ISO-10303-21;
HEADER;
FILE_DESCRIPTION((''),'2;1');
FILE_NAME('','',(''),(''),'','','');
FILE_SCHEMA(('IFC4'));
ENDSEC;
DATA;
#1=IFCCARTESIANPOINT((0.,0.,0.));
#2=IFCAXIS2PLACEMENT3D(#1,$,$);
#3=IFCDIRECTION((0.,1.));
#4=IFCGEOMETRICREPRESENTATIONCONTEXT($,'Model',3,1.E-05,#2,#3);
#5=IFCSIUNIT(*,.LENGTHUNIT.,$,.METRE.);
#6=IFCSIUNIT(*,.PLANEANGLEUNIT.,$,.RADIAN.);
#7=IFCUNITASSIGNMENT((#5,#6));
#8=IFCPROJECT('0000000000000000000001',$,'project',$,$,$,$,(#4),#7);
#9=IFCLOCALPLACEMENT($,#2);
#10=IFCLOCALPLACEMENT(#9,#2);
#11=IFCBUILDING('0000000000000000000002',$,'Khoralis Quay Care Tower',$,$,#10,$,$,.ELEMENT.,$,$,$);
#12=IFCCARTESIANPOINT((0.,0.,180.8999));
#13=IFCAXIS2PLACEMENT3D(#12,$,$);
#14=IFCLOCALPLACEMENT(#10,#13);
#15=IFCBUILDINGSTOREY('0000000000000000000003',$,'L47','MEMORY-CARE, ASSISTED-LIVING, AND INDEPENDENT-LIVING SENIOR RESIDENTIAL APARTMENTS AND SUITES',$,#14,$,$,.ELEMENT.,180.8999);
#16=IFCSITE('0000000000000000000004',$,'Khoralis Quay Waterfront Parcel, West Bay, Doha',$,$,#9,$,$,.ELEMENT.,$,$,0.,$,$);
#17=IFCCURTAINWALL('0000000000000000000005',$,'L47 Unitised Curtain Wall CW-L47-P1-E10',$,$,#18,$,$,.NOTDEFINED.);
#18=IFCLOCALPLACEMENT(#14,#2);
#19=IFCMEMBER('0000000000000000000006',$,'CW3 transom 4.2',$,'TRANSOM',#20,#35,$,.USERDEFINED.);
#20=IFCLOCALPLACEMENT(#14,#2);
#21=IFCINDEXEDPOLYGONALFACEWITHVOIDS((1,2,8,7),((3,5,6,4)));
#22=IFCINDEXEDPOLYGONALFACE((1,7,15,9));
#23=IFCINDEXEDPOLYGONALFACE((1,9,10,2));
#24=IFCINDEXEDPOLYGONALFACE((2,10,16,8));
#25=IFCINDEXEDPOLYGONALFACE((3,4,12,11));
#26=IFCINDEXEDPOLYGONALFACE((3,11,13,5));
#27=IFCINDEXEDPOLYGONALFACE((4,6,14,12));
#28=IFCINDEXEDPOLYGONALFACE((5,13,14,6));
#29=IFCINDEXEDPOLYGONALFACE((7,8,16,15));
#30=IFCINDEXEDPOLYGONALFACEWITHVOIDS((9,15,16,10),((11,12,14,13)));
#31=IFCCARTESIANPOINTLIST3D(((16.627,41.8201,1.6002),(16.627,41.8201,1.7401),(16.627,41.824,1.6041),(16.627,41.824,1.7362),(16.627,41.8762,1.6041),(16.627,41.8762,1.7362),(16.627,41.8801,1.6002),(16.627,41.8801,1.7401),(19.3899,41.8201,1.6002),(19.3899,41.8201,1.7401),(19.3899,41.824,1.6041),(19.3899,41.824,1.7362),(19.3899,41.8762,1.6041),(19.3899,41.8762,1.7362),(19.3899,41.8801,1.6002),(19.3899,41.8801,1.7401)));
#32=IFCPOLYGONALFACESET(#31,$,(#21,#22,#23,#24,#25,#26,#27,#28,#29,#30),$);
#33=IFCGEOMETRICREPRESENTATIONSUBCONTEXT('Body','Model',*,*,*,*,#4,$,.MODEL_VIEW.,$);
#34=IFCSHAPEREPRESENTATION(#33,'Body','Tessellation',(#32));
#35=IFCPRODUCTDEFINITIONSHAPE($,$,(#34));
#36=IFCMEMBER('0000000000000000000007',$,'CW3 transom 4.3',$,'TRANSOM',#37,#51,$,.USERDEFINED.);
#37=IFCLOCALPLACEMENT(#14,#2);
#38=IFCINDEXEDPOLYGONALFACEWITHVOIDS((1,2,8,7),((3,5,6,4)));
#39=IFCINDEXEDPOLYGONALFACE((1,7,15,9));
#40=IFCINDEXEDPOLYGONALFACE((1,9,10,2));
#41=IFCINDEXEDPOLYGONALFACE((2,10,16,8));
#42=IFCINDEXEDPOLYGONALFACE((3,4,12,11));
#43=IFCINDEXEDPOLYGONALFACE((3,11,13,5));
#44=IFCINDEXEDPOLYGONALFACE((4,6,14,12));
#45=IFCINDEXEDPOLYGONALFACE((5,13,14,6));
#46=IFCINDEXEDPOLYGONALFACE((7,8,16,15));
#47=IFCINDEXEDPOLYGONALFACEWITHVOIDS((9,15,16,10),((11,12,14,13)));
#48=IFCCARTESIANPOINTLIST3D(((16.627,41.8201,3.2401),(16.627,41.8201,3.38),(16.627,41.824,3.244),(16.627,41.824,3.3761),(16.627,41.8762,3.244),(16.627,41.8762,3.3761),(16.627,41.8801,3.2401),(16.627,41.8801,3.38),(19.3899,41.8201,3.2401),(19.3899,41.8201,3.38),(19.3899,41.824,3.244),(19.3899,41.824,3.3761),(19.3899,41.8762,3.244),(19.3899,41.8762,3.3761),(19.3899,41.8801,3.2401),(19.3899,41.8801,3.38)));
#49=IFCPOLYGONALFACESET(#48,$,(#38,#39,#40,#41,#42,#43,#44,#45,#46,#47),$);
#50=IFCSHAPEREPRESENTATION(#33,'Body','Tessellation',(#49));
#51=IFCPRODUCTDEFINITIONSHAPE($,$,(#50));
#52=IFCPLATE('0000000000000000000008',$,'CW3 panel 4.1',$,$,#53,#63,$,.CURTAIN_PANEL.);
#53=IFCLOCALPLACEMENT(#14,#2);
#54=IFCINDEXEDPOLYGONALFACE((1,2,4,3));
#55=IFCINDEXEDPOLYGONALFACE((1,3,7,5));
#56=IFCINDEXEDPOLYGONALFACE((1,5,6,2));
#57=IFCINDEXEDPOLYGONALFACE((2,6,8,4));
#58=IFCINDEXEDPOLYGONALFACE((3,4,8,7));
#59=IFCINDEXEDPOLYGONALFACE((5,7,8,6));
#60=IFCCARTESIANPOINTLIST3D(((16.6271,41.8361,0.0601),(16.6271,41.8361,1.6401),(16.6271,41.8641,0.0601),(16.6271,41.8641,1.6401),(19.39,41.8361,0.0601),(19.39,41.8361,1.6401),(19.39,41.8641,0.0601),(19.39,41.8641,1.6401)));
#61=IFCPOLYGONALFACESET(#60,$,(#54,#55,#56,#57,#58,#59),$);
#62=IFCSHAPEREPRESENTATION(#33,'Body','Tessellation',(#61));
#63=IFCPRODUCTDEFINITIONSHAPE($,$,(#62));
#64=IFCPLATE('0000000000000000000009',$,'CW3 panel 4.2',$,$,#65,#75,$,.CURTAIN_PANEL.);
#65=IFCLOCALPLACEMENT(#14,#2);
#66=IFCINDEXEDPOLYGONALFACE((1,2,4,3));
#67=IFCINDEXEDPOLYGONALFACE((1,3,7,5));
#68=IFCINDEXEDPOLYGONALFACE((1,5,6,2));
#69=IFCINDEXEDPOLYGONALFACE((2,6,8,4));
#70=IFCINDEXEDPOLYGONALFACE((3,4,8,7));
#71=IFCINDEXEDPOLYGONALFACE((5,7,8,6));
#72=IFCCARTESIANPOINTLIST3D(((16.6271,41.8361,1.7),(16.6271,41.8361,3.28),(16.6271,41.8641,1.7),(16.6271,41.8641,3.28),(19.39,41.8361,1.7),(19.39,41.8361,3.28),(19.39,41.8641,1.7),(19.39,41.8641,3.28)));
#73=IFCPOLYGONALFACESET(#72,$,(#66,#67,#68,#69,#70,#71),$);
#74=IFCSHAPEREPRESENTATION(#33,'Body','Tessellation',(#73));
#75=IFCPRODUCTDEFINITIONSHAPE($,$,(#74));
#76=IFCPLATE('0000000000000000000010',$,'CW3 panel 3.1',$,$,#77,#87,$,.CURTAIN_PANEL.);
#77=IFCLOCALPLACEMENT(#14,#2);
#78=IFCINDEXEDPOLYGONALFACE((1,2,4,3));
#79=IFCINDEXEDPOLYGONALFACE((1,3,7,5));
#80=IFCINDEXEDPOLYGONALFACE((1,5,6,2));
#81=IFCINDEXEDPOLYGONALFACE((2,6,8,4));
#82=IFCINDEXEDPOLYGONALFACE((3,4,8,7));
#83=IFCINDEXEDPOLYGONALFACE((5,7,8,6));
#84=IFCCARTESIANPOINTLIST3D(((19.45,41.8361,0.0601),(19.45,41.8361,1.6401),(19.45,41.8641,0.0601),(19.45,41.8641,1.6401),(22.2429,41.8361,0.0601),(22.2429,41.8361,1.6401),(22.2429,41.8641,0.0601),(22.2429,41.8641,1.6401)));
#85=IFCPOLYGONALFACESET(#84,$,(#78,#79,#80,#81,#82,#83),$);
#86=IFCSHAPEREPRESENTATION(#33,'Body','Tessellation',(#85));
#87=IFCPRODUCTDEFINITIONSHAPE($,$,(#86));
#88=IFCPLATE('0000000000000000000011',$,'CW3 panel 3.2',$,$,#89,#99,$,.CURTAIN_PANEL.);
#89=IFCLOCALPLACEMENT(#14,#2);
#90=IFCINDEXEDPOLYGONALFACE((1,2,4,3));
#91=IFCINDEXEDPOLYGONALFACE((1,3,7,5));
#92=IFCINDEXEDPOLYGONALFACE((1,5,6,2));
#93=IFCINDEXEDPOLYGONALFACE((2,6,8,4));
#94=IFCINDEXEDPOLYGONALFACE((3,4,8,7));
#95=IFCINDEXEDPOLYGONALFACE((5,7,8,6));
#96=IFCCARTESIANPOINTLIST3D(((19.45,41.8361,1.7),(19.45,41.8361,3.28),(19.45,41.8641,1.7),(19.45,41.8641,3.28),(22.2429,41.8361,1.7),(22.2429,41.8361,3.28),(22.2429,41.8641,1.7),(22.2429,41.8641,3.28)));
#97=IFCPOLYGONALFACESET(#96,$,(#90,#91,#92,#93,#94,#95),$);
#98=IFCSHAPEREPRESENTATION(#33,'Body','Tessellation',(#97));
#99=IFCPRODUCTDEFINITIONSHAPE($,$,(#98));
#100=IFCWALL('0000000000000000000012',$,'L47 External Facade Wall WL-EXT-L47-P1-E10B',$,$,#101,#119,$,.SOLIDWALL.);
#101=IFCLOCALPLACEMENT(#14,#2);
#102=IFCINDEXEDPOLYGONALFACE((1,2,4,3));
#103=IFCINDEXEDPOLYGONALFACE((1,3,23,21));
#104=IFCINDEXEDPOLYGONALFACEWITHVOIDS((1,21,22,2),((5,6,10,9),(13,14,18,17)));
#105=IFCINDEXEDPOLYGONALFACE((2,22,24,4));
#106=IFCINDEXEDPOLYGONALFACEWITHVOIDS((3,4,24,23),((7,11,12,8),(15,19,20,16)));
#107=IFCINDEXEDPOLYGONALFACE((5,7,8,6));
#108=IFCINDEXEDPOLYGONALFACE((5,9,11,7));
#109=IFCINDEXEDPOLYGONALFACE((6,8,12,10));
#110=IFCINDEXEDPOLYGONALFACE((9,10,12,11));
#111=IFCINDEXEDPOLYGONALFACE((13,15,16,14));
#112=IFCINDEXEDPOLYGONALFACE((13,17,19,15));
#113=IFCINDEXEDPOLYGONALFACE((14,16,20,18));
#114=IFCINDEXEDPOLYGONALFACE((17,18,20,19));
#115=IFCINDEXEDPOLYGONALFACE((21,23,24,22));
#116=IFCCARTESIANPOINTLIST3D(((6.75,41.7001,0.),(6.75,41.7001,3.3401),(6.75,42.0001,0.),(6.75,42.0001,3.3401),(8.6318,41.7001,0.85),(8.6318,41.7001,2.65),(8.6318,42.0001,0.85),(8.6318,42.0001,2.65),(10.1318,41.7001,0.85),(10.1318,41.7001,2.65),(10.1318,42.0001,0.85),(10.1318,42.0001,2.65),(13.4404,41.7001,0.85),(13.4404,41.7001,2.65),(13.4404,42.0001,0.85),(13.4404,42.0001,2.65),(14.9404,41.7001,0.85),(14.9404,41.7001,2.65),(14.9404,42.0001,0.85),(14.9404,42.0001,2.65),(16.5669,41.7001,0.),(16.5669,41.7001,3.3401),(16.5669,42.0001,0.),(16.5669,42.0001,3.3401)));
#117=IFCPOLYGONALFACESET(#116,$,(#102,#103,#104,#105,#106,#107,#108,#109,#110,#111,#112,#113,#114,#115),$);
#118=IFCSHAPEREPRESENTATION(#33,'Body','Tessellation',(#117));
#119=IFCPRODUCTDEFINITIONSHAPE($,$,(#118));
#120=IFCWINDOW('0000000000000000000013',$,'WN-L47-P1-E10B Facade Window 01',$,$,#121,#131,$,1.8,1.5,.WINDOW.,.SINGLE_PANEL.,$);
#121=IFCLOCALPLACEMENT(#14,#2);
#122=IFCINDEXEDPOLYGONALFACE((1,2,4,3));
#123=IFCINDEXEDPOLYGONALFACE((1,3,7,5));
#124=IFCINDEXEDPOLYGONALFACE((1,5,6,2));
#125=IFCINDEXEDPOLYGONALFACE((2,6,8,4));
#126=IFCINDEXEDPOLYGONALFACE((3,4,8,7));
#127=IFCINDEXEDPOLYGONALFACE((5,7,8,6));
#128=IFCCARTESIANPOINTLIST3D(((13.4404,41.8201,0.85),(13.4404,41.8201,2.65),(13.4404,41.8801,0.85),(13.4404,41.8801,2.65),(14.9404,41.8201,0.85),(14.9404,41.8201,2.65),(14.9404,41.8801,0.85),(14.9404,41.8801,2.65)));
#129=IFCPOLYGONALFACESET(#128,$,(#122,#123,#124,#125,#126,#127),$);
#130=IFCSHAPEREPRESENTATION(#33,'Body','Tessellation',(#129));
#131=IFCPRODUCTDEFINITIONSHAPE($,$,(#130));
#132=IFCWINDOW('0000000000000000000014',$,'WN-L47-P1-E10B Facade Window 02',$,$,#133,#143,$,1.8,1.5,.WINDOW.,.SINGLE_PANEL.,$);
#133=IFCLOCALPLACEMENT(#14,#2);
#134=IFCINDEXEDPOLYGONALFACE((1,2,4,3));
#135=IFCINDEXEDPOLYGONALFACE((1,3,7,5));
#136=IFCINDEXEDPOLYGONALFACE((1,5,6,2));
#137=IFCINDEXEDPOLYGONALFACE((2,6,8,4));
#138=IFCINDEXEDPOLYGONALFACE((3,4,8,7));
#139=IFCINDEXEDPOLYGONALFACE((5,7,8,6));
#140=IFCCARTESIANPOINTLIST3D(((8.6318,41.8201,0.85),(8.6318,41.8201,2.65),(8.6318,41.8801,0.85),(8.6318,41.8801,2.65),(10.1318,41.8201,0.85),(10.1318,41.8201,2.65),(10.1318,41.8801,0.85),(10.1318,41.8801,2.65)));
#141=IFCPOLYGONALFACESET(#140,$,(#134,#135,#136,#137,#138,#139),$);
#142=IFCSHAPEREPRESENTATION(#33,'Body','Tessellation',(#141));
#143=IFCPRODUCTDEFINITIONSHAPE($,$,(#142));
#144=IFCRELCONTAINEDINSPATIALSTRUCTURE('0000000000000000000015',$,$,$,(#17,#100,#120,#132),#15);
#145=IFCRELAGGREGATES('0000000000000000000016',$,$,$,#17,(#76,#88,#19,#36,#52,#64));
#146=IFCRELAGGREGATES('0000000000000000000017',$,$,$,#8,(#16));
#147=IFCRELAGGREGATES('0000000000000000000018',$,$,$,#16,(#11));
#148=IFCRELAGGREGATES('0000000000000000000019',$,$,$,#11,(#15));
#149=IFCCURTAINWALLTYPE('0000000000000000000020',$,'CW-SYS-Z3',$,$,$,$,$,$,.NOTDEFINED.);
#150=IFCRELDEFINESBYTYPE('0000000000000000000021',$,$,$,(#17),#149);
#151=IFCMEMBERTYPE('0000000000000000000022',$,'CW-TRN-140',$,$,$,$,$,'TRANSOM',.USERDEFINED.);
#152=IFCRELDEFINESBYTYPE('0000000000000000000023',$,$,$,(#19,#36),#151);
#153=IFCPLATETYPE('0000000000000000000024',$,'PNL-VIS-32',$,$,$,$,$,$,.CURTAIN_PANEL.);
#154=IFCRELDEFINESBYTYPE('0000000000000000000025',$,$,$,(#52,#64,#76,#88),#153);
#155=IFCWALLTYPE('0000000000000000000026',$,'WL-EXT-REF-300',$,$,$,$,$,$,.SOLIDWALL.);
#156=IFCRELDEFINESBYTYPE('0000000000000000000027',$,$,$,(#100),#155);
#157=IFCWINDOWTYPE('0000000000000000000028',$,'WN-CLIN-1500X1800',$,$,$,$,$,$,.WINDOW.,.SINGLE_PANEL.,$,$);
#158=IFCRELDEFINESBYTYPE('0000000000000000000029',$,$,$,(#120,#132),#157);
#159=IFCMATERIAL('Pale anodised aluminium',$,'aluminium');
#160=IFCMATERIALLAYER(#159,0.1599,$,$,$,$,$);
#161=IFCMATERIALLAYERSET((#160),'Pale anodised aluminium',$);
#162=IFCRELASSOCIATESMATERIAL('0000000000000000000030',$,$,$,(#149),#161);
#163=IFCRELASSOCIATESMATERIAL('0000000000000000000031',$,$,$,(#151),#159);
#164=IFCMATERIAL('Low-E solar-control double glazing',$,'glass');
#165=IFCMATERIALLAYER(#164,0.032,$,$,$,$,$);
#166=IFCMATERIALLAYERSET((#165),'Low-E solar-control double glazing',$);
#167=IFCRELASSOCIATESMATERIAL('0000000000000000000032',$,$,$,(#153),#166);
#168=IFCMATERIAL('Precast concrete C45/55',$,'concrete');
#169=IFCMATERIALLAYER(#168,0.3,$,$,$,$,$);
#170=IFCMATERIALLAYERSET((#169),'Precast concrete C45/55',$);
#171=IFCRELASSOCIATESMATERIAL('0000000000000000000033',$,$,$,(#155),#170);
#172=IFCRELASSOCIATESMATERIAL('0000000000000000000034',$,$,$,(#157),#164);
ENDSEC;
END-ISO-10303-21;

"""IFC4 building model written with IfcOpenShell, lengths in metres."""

from ifc_helpers import new_model, si_unit, direction, frame, frame_2d, origin, origin_2d, place, context, subcontext, project, spatial, rectangle, hollow_rectangle, extrude, source, transform, mapped, material, layer, layer_set, material_profile, profile_set, type_object, element, fill, aggregate, save


model = new_model("IFC4")

# Units and contexts
model_context = context("Model", 3, precision=1e-05, world=origin(), true_north=direction((0.0, 1.0)))
body_context = subcontext(model_context, "Body", "Model", "MODEL_VIEW")
ifc_project = project(units=[si_unit("LENGTHUNIT", "METRE"), si_unit("PLANEANGLEUNIT", "RADIAN")], contexts=[model_context])

# Site, building, storey
site_placement = place(None, origin())
site = spatial("IfcSite", under=ifc_project, at=site_placement, Name="Khoralis Quay Waterfront Parcel, West Bay, Doha", CompositionType="ELEMENT", RefElevation=0.0)
building_placement = place(site_placement, origin())
building = spatial("IfcBuilding", under=site, at=building_placement, Name="Khoralis Quay Care Tower", CompositionType="ELEMENT")
storey_placement = place(building_placement, frame((0.0, 0.0, 180.8999)))
storey = spatial("IfcBuildingStorey", under=building, at=storey_placement, Name="L47", Description="MEMORY-CARE, ASSISTED-LIVING, AND INDEPENDENT-LIVING SENIOR RESIDENTIAL APARTMENTS AND SUITES", CompositionType="ELEMENT", Elevation=180.8999)

# Curtain wall, members, plates
ifc_material_1 = material(Name="Pale anodised aluminium", Category="aluminium")
ifc_layer_1 = layer(ifc_material_1, 0.1599)
ifc_layer_set_1 = layer_set([ifc_layer_1], Name="Pale anodised aluminium")
curtain_wall_type = type_object("IfcCurtainWallType", Name="CW-SYS-Z3", PredefinedType="NOTDEFINED", material=ifc_layer_set_1)
curtain_wall_placement = place(storey_placement, origin())
curtain_wall = element("IfcCurtainWall", 1, at=curtain_wall_placement, inside=storey, type_object=curtain_wall_type, Name="L47 Unitised Curtain Wall CW-L47-P1-E10", PredefinedType="NOTDEFINED")
ifc_material_profile_1 = material_profile(ifc_material_1, hollow_rectangle(XDim=0.0601, YDim=0.1399, WallThickness=0.0039, at=origin_2d()), Name="Pale anodised aluminium")
ifc_profile_set_1 = profile_set([ifc_material_profile_1], Name="Pale anodised aluminium")
member_type_1 = type_object("IfcMemberType", Name="CW-TRN-140", ElementType="TRANSOM", PredefinedType="USERDEFINED", material=ifc_profile_set_1)
shared_shape_1 = source(origin(), body_context, "Body", "SweptSolid", [
    extrude(hollow_rectangle(XDim=0.0601, YDim=0.1399, WallThickness=0.0039, at=origin_2d()), origin(), (0.0, 0.0, 1.0), 2.7629),
])
member_1_placement = place(storey_placement, frame((19.3899, 41.8501, 1.6702), z_axis=(-1.0, 0.0, 0.0), x_axis=(0.0, -1.0, 0.0)))
member_1 = element("IfcMember", 2, at=member_1_placement, type_object=member_type_1, Name="CW3 transom 4.2", ObjectType="TRANSOM", PredefinedType="USERDEFINED", context=body_context, shape_type="MappedRepresentation", body=[
    mapped(shared_shape_1, transform((0.0, 0.0, 0.0), scale=1.0)),
])
member_2_placement = place(storey_placement, frame((19.3899, 41.8501, 3.3101), z_axis=(-1.0, 0.0, 0.0), x_axis=(0.0, -1.0, 0.0)))
member_2 = element("IfcMember", 3, at=member_2_placement, type_object=member_type_1, Name="CW3 transom 4.3", ObjectType="TRANSOM", PredefinedType="USERDEFINED", context=body_context, shape_type="MappedRepresentation", body=[
    mapped(shared_shape_1, transform((0.0, 0.0, 0.0), scale=1.0)),
])
ifc_material_2 = material(Name="Low-E solar-control double glazing", Category="glass")
ifc_layer_2 = layer(ifc_material_2, 0.032)
ifc_layer_set_2 = layer_set([ifc_layer_2], Name="Low-E solar-control double glazing")
plate_type = type_object("IfcPlateType", Name="PNL-VIS-32", PredefinedType="CURTAIN_PANEL", material=ifc_layer_set_2)
shared_shape_2 = source(origin(), body_context, "Body", "SweptSolid", [
    extrude(rectangle(XDim=2.7629, YDim=0.0281, at=origin_2d()), origin(), (0.0, 0.0, 1.0), 1.5801),
])
plate_1_placement = place(storey_placement, frame((18.0085, 41.8501, 0.0601), z_axis=(0.0, 0.0, 1.0), x_axis=(-1.0, 0.0, 0.0)))
plate_1 = element("IfcPlate", 4, at=plate_1_placement, type_object=plate_type, Name="CW3 panel 4.1", PredefinedType="CURTAIN_PANEL", context=body_context, shape_type="MappedRepresentation", body=[
    mapped(shared_shape_2, transform((0.0, 0.0, 0.0), scale=1.0)),
])
plate_2_placement = place(storey_placement, frame((18.0085, 41.8501, 1.7), z_axis=(0.0, 0.0, 1.0), x_axis=(-1.0, 0.0, 0.0)))
plate_2 = element("IfcPlate", 5, at=plate_2_placement, type_object=plate_type, Name="CW3 panel 4.2", PredefinedType="CURTAIN_PANEL", context=body_context, shape_type="MappedRepresentation", body=[
    mapped(shared_shape_2, transform((0.0, 0.0, 0.0), scale=1.0)),
])
shared_shape_3 = source(origin(), body_context, "Body", "SweptSolid", [
    extrude(rectangle(XDim=2.793, YDim=0.0281, at=origin_2d()), origin(), (0.0, 0.0, 1.0), 1.5801),
])
plate_3_placement = place(storey_placement, frame((20.8464, 41.8501, 0.0601), z_axis=(0.0, 0.0, 1.0), x_axis=(-1.0, 0.0, 0.0)))
plate_3 = element("IfcPlate", 6, at=plate_3_placement, type_object=plate_type, Name="CW3 panel 3.1", PredefinedType="CURTAIN_PANEL", context=body_context, shape_type="MappedRepresentation", body=[
    mapped(shared_shape_3, transform((0.0, 0.0, 0.0), scale=1.0)),
])
plate_4_placement = place(storey_placement, frame((20.8464, 41.8501, 1.7), z_axis=(0.0, 0.0, 1.0), x_axis=(-1.0, 0.0, 0.0)))
plate_4 = element("IfcPlate", 7, at=plate_4_placement, type_object=plate_type, Name="CW3 panel 3.2", PredefinedType="CURTAIN_PANEL", context=body_context, shape_type="MappedRepresentation", body=[
    mapped(shared_shape_3, transform((0.0, 0.0, 0.0), scale=1.0)),
])
aggregate(curtain_wall, [plate_3, plate_4, member_1, member_2, plate_1, plate_2])

# Wall, openings, windows
ifc_material_3 = material(Name="Precast concrete C45/55", Category="concrete")
ifc_layer_3 = layer(ifc_material_3, 0.3)
ifc_layer_set_3 = layer_set([ifc_layer_3], Name="Precast concrete C45/55")
wall_type_1 = type_object("IfcWallType", Name="WL-EXT-REF-300", PredefinedType="SOLIDWALL", material=ifc_layer_set_3)
wall_1_placement = place(storey_placement, frame((16.5669, 41.8501, 0.0), z_axis=(0.0, 0.0, 1.0), x_axis=(-1.0, 0.0, 0.0)))
wall_1 = element("IfcWall", 8, at=wall_1_placement, inside=storey, type_object=wall_type_1, Name="L47 External Facade Wall WL-EXT-L47-P1-E10B", PredefinedType="SOLIDWALL", context=body_context, shape_type="SweptSolid", body=[
    extrude(rectangle(XDim=9.8169, YDim=0.3, at=frame_2d((4.9084, 0.0))), origin(), (0.0, 0.0, 1.0), 3.3401),
])
opening_1_placement = place(wall_1_placement, frame((1.6265, 0.0, 0.8501)))
opening_1 = element("IfcOpeningElement", 9, at=opening_1_placement, cuts=wall_1, PredefinedType="OPENING", context=body_context, shape_type="SweptSolid", body=[
    extrude(rectangle(XDim=1.5, YDim=1.8, at=frame_2d((0.75, 0.8999))), frame((0.0, 0.1602, 0.0), z_axis=(0.0, -1.0, 0.0), x_axis=(1.0, 0.0, 0.0)), (0.0, 0.0, 1.0), 0.3201),
])
opening_2_placement = place(wall_1_placement, frame((6.4351, 0.0, 0.8501)))
opening_2 = element("IfcOpeningElement", 10, at=opening_2_placement, cuts=wall_1, PredefinedType="OPENING", context=body_context, shape_type="SweptSolid", body=[
    extrude(rectangle(XDim=1.5, YDim=1.8, at=frame_2d((0.75, 0.8999))), frame((0.0, 0.1602, 0.0), z_axis=(0.0, -1.0, 0.0), x_axis=(1.0, 0.0, 0.0)), (0.0, 0.0, 1.0), 0.3201),
])
window_type = type_object("IfcWindowType", Name="WN-CLIN-1500X1800", PartitioningType="SINGLE_PANEL", PredefinedType="WINDOW", material=ifc_material_2)
shared_shape_4 = source(origin(), body_context, "Body", "SweptSolid", [
    extrude(rectangle(XDim=1.5, YDim=1.8, at=frame_2d((0.75, 0.8999))), frame((0.0, 0.03, 0.0), z_axis=(0.0, -1.0, 0.0), x_axis=(1.0, 0.0, 0.0)), (0.0, 0.0, 1.0), 0.0601),
])
window_1_placement = place(opening_1_placement, origin())
window_1 = element("IfcWindow", 11, at=window_1_placement, inside=storey, type_object=window_type, Name="WN-L47-P1-E10B Facade Window 01", OverallHeight=1.8, OverallWidth=1.5, PartitioningType="SINGLE_PANEL", PredefinedType="WINDOW", context=body_context, shape_type="MappedRepresentation", body=[
    mapped(shared_shape_4, transform((0.0, 0.0, 0.0), scale=1.0)),
])
fill(opening_1, window_1)
window_2_placement = place(opening_2_placement, origin())
window_2 = element("IfcWindow", 12, at=window_2_placement, inside=storey, type_object=window_type, Name="WN-L47-P1-E10B Facade Window 02", OverallHeight=1.8, OverallWidth=1.5, PartitioningType="SINGLE_PANEL", PredefinedType="WINDOW", context=body_context, shape_type="MappedRepresentation", body=[
    mapped(shared_shape_4, transform((0.0, 0.0, 0.0), scale=1.0)),
])
fill(opening_2, window_2)

save(model, "model.ifc")
